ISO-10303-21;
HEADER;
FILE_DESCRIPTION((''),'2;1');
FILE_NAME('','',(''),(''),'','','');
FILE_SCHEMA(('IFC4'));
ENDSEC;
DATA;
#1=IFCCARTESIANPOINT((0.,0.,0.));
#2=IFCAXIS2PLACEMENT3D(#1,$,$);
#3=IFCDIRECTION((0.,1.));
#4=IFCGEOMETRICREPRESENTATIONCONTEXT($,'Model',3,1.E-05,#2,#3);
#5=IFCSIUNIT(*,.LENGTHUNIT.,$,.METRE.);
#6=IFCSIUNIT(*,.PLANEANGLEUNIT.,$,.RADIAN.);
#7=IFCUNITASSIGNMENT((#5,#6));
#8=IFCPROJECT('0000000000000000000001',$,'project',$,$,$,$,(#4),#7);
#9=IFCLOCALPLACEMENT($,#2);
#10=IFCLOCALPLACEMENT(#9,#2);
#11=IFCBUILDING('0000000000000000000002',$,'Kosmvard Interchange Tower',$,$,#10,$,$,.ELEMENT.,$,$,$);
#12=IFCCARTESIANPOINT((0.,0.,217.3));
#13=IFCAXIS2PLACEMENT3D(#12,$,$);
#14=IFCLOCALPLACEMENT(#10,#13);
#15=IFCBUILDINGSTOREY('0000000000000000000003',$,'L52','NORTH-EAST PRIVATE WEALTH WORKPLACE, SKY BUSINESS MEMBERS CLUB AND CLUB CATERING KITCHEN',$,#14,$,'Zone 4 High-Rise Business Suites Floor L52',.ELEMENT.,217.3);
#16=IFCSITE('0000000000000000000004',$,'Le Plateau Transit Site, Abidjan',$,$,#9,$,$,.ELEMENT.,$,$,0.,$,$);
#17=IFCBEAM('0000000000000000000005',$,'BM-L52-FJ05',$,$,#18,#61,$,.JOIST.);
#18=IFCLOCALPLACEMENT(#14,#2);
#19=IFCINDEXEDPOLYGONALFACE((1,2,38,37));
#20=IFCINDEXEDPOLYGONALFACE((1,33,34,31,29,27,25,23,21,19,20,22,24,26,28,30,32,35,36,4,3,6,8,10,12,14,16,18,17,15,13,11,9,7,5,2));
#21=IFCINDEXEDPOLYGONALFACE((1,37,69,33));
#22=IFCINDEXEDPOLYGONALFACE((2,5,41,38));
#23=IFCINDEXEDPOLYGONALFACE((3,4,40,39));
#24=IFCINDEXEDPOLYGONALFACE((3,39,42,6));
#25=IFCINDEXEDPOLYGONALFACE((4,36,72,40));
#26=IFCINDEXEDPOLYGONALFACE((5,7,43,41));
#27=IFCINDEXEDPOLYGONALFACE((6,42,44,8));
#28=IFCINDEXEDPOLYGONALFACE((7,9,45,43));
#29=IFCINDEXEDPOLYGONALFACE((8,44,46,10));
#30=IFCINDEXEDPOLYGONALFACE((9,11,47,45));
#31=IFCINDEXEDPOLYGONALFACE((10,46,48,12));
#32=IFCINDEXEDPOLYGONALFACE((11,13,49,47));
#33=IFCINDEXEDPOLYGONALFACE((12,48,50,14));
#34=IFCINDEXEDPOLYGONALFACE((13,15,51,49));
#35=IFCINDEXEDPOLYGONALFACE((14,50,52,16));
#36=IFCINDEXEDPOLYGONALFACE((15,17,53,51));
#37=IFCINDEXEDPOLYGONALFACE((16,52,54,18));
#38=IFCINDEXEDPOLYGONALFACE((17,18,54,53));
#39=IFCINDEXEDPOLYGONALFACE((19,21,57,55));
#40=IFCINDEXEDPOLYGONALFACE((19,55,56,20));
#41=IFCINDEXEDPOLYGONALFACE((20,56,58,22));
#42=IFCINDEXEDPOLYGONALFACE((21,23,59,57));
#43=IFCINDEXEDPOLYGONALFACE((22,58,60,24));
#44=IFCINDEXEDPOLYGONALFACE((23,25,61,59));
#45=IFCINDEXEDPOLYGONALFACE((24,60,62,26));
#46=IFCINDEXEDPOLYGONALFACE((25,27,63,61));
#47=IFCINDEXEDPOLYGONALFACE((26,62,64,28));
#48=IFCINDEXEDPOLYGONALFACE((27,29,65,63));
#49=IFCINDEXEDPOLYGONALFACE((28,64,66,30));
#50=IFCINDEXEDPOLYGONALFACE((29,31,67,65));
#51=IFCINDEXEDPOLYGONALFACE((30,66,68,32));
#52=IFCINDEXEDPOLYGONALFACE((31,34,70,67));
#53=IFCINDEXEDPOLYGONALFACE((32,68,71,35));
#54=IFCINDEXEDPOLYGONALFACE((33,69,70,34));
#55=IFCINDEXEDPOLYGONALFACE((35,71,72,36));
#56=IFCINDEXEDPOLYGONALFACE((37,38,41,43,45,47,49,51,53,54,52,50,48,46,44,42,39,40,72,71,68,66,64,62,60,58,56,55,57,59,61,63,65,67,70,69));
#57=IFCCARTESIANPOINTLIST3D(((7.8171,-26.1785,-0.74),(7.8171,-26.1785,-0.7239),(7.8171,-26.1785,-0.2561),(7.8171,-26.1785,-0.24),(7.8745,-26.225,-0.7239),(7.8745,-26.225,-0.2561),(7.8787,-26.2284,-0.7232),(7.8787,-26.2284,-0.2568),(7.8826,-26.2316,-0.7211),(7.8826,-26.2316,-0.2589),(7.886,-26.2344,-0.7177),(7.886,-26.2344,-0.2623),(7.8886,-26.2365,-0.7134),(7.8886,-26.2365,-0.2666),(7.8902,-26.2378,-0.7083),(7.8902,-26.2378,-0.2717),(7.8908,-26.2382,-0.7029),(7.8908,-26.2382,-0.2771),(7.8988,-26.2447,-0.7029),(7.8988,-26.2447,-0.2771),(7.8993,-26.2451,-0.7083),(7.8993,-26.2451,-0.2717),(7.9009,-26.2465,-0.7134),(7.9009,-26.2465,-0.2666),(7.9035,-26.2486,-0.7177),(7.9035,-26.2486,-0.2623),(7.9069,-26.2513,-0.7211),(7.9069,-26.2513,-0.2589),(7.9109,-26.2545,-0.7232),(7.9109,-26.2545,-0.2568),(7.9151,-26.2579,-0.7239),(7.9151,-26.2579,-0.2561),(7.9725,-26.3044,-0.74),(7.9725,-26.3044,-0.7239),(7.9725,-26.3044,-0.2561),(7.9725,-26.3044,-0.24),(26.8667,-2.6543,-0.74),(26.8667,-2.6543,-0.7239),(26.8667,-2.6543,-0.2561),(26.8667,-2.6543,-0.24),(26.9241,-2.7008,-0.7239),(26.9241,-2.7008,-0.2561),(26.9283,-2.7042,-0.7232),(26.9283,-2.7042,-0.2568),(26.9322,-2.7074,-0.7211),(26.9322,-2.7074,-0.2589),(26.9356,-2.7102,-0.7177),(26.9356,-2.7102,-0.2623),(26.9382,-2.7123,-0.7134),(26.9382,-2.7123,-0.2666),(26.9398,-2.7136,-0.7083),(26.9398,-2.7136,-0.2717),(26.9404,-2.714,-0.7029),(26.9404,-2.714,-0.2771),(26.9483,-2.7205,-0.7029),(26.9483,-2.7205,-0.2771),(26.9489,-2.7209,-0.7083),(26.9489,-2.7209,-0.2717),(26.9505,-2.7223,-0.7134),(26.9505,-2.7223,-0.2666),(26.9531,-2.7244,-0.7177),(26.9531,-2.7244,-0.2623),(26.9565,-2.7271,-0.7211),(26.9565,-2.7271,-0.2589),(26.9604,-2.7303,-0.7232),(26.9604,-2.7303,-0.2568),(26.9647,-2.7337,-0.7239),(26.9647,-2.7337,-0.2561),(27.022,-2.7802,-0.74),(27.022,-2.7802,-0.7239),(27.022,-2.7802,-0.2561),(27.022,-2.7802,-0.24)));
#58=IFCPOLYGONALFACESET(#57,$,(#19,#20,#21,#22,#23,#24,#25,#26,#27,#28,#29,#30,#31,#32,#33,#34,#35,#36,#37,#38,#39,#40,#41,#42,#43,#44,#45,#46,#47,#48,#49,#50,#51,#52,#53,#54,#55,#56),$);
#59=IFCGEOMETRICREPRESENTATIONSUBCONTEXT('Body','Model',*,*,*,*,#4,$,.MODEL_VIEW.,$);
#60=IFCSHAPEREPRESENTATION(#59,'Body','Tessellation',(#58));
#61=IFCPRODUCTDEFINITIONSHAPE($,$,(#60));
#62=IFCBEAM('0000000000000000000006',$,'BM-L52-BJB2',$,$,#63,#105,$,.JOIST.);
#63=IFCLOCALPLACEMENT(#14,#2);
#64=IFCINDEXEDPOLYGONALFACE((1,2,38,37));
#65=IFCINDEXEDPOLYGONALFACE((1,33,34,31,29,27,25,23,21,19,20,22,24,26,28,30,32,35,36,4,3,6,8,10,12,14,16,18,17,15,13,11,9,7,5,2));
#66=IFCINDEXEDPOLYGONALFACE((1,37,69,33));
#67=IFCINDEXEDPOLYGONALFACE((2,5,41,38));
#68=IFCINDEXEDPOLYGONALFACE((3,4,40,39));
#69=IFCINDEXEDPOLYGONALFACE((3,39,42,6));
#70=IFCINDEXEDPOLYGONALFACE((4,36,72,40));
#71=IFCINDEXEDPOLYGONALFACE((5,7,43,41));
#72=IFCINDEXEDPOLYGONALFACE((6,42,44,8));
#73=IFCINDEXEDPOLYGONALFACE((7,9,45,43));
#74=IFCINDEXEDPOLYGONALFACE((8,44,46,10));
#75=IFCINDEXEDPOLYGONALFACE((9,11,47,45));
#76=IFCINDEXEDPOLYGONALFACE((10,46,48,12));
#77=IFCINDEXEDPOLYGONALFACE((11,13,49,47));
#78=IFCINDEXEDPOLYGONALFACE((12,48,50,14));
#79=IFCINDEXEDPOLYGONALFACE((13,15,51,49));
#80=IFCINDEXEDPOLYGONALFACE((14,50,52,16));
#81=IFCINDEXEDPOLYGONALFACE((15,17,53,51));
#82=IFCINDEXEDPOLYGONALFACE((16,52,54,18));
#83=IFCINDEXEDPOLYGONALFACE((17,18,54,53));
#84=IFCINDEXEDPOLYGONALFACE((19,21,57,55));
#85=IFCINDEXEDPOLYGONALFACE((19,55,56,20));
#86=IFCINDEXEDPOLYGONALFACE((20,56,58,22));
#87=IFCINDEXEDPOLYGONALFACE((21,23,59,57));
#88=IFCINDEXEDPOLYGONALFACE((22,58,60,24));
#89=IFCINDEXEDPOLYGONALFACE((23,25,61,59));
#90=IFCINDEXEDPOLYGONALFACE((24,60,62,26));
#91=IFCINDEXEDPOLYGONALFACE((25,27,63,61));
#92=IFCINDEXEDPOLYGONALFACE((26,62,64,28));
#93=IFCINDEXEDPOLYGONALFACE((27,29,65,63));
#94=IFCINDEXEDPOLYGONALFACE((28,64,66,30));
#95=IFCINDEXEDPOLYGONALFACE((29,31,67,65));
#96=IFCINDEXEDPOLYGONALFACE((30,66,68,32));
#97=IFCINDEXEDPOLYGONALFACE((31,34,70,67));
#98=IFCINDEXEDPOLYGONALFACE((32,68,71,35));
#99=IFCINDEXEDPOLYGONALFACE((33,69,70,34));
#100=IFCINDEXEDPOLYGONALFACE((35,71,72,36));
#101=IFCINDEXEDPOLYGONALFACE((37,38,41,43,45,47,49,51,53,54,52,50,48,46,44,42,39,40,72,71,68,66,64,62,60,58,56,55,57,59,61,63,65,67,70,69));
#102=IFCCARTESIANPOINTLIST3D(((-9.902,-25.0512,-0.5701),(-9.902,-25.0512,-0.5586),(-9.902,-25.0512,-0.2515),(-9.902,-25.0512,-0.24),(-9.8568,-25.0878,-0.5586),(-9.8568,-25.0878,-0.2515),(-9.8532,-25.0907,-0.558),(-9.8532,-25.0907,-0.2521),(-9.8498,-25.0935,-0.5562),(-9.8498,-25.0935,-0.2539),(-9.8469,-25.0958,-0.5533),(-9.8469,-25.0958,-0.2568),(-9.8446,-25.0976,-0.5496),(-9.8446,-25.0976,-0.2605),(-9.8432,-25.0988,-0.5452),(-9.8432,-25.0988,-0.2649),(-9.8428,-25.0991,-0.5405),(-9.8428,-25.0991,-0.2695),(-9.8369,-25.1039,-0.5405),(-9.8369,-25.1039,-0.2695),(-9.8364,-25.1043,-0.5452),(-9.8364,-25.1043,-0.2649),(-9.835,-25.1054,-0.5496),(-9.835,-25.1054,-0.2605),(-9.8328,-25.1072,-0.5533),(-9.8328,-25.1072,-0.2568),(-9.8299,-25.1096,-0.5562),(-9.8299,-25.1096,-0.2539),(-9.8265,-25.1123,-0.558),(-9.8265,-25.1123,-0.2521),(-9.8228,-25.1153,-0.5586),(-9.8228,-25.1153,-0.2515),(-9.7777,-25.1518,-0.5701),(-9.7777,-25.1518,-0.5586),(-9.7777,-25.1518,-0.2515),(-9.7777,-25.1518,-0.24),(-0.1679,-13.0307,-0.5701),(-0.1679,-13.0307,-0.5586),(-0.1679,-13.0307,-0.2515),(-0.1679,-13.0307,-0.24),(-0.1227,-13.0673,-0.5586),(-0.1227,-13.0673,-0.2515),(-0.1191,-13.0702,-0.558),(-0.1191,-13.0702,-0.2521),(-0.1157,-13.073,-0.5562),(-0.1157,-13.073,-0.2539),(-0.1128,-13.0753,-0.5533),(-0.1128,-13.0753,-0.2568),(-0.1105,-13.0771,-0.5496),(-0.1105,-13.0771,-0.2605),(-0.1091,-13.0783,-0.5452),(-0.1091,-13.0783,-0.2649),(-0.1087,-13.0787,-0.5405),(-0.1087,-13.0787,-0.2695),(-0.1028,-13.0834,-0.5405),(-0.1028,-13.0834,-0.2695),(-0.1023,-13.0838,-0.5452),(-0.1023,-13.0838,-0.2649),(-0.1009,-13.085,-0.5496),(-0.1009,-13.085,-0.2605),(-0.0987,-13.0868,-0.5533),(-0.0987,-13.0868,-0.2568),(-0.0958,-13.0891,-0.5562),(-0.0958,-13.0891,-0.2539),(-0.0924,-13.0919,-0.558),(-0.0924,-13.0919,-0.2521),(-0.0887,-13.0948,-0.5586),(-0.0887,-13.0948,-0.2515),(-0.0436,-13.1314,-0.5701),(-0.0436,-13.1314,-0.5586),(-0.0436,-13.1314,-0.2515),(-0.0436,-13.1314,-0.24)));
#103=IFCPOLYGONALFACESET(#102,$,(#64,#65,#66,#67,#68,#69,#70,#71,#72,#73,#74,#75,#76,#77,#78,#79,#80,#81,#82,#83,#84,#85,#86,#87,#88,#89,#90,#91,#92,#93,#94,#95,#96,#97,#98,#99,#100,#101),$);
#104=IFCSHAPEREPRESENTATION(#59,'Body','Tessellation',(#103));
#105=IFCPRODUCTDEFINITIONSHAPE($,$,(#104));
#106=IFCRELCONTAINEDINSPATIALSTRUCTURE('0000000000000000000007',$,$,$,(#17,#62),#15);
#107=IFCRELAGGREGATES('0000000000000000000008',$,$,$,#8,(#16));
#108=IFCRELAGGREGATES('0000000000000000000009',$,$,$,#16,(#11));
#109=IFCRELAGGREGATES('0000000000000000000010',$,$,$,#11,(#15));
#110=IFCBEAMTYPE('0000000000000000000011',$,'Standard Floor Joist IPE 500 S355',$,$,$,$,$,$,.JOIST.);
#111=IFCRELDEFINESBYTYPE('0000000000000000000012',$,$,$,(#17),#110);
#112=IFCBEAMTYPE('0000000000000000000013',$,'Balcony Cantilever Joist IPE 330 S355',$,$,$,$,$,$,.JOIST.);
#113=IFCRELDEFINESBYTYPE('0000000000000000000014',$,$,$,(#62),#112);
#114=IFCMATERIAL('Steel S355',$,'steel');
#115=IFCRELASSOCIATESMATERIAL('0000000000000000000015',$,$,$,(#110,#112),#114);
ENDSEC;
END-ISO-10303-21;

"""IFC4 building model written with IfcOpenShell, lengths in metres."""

from ifc_helpers import new_model, si_unit, direction, frame, origin, origin_2d, place, context, subcontext, project, spatial, i_section, extrude, source, transform, mapped, material, material_profile, profile_set, type_object, element, save


model = new_model("IFC4")

# Units and contexts
model_context = context("Model", 3, precision=1e-05, world=origin(), true_north=direction((0.0, 1.0)))
body_context = subcontext(model_context, "Body", "Model", "MODEL_VIEW")
ifc_project = project(units=[si_unit("LENGTHUNIT", "METRE"), si_unit("PLANEANGLEUNIT", "RADIAN")], contexts=[model_context])

# Site, building, storey
site_placement = place(None, origin())
site = spatial("IfcSite", under=ifc_project, at=site_placement, Name="Le Plateau Transit Site, Abidjan", CompositionType="ELEMENT", RefElevation=0.0)
building_placement = place(site_placement, origin())
building = spatial("IfcBuilding", under=site, at=building_placement, Name="Kosmvard Interchange Tower", CompositionType="ELEMENT")
storey_placement = place(building_placement, frame((0.0, 0.0, 217.3)))
storey = spatial("IfcBuildingStorey", under=building, at=storey_placement, Name="L52", Description="NORTH-EAST PRIVATE WEALTH WORKPLACE, SKY BUSINESS MEMBERS CLUB AND CLUB CATERING KITCHEN", LongName="Zone 4 High-Rise Business Suites Floor L52", CompositionType="ELEMENT", Elevation=217.3)

# Beams
ifc_material_1 = material(Name="Steel S355", Category="steel")
ifc_material_profile_1 = material_profile(ifc_material_1, i_section(OverallWidth=0.2, OverallDepth=0.5, WebThickness=0.0103, FlangeThickness=0.0161, FilletRadius=0.021, at=origin_2d()), Name="IPE 500")
ifc_profile_set_1 = profile_set([ifc_material_profile_1], Name="Steel S355")
beam_type_1 = type_object("IfcBeamType", Name="Standard Floor Joist IPE 500 S355", PredefinedType="JOIST", material=ifc_profile_set_1)
shared_shape_1 = source(origin(), body_context, "Body", "SweptSolid", [
    extrude(i_section(OverallWidth=0.2, OverallDepth=0.5, WebThickness=0.0103, FlangeThickness=0.0161, FilletRadius=0.021, at=origin_2d()), origin(), (0.0, 0.0, 1.0), 30.27),
])
beam_1_placement = place(storey_placement, frame((7.8948, -26.2415, -0.49), z_axis=(0.629322, 0.777145, 0.0), x_axis=(-0.777145, 0.629322, 0.0)))
element("IfcBeam", 1, at=beam_1_placement, inside=storey, type_object=beam_type_1, Name="BM-L52-FJ05", PredefinedType="JOIST", context=body_context, shape_type="MappedRepresentation", body=[
    mapped(shared_shape_1, transform((0.0, 0.0, 0.0), scale=1.0)),
])
ifc_material_profile_2 = material_profile(ifc_material_1, i_section(OverallWidth=0.1599, OverallDepth=0.3301, WebThickness=0.0076, FlangeThickness=0.0115, FilletRadius=0.0181, at=origin_2d()), Name="IPE 330")
ifc_profile_set_2 = profile_set([ifc_material_profile_2], Name="Steel S355")
beam_type_2 = type_object("IfcBeamType", Name="Balcony Cantilever Joist IPE 330 S355", PredefinedType="JOIST", material=ifc_profile_set_2)
shared_shape_2 = source(origin(), body_context, "Body", "SweptSolid", [
    extrude(i_section(OverallWidth=0.1599, OverallDepth=0.3301, WebThickness=0.0076, FlangeThickness=0.0115, FilletRadius=0.0181, at=origin_2d()), origin(), (0.0, 0.0, 1.0), 15.4675),
])
beam_2_placement = place(storey_placement, frame((-0.1057, -13.0811, -0.405), z_axis=(-0.629325, -0.777142, 0.0), x_axis=(0.777142, -0.629325, 0.0)))
element("IfcBeam", 2, at=beam_2_placement, inside=storey, type_object=beam_type_2, Name="BM-L52-BJB2", PredefinedType="JOIST", context=body_context, shape_type="MappedRepresentation", body=[
    mapped(shared_shape_2, transform((0.0, 0.0, 0.0), scale=1.0)),
])

save(model, "model.ifc")
